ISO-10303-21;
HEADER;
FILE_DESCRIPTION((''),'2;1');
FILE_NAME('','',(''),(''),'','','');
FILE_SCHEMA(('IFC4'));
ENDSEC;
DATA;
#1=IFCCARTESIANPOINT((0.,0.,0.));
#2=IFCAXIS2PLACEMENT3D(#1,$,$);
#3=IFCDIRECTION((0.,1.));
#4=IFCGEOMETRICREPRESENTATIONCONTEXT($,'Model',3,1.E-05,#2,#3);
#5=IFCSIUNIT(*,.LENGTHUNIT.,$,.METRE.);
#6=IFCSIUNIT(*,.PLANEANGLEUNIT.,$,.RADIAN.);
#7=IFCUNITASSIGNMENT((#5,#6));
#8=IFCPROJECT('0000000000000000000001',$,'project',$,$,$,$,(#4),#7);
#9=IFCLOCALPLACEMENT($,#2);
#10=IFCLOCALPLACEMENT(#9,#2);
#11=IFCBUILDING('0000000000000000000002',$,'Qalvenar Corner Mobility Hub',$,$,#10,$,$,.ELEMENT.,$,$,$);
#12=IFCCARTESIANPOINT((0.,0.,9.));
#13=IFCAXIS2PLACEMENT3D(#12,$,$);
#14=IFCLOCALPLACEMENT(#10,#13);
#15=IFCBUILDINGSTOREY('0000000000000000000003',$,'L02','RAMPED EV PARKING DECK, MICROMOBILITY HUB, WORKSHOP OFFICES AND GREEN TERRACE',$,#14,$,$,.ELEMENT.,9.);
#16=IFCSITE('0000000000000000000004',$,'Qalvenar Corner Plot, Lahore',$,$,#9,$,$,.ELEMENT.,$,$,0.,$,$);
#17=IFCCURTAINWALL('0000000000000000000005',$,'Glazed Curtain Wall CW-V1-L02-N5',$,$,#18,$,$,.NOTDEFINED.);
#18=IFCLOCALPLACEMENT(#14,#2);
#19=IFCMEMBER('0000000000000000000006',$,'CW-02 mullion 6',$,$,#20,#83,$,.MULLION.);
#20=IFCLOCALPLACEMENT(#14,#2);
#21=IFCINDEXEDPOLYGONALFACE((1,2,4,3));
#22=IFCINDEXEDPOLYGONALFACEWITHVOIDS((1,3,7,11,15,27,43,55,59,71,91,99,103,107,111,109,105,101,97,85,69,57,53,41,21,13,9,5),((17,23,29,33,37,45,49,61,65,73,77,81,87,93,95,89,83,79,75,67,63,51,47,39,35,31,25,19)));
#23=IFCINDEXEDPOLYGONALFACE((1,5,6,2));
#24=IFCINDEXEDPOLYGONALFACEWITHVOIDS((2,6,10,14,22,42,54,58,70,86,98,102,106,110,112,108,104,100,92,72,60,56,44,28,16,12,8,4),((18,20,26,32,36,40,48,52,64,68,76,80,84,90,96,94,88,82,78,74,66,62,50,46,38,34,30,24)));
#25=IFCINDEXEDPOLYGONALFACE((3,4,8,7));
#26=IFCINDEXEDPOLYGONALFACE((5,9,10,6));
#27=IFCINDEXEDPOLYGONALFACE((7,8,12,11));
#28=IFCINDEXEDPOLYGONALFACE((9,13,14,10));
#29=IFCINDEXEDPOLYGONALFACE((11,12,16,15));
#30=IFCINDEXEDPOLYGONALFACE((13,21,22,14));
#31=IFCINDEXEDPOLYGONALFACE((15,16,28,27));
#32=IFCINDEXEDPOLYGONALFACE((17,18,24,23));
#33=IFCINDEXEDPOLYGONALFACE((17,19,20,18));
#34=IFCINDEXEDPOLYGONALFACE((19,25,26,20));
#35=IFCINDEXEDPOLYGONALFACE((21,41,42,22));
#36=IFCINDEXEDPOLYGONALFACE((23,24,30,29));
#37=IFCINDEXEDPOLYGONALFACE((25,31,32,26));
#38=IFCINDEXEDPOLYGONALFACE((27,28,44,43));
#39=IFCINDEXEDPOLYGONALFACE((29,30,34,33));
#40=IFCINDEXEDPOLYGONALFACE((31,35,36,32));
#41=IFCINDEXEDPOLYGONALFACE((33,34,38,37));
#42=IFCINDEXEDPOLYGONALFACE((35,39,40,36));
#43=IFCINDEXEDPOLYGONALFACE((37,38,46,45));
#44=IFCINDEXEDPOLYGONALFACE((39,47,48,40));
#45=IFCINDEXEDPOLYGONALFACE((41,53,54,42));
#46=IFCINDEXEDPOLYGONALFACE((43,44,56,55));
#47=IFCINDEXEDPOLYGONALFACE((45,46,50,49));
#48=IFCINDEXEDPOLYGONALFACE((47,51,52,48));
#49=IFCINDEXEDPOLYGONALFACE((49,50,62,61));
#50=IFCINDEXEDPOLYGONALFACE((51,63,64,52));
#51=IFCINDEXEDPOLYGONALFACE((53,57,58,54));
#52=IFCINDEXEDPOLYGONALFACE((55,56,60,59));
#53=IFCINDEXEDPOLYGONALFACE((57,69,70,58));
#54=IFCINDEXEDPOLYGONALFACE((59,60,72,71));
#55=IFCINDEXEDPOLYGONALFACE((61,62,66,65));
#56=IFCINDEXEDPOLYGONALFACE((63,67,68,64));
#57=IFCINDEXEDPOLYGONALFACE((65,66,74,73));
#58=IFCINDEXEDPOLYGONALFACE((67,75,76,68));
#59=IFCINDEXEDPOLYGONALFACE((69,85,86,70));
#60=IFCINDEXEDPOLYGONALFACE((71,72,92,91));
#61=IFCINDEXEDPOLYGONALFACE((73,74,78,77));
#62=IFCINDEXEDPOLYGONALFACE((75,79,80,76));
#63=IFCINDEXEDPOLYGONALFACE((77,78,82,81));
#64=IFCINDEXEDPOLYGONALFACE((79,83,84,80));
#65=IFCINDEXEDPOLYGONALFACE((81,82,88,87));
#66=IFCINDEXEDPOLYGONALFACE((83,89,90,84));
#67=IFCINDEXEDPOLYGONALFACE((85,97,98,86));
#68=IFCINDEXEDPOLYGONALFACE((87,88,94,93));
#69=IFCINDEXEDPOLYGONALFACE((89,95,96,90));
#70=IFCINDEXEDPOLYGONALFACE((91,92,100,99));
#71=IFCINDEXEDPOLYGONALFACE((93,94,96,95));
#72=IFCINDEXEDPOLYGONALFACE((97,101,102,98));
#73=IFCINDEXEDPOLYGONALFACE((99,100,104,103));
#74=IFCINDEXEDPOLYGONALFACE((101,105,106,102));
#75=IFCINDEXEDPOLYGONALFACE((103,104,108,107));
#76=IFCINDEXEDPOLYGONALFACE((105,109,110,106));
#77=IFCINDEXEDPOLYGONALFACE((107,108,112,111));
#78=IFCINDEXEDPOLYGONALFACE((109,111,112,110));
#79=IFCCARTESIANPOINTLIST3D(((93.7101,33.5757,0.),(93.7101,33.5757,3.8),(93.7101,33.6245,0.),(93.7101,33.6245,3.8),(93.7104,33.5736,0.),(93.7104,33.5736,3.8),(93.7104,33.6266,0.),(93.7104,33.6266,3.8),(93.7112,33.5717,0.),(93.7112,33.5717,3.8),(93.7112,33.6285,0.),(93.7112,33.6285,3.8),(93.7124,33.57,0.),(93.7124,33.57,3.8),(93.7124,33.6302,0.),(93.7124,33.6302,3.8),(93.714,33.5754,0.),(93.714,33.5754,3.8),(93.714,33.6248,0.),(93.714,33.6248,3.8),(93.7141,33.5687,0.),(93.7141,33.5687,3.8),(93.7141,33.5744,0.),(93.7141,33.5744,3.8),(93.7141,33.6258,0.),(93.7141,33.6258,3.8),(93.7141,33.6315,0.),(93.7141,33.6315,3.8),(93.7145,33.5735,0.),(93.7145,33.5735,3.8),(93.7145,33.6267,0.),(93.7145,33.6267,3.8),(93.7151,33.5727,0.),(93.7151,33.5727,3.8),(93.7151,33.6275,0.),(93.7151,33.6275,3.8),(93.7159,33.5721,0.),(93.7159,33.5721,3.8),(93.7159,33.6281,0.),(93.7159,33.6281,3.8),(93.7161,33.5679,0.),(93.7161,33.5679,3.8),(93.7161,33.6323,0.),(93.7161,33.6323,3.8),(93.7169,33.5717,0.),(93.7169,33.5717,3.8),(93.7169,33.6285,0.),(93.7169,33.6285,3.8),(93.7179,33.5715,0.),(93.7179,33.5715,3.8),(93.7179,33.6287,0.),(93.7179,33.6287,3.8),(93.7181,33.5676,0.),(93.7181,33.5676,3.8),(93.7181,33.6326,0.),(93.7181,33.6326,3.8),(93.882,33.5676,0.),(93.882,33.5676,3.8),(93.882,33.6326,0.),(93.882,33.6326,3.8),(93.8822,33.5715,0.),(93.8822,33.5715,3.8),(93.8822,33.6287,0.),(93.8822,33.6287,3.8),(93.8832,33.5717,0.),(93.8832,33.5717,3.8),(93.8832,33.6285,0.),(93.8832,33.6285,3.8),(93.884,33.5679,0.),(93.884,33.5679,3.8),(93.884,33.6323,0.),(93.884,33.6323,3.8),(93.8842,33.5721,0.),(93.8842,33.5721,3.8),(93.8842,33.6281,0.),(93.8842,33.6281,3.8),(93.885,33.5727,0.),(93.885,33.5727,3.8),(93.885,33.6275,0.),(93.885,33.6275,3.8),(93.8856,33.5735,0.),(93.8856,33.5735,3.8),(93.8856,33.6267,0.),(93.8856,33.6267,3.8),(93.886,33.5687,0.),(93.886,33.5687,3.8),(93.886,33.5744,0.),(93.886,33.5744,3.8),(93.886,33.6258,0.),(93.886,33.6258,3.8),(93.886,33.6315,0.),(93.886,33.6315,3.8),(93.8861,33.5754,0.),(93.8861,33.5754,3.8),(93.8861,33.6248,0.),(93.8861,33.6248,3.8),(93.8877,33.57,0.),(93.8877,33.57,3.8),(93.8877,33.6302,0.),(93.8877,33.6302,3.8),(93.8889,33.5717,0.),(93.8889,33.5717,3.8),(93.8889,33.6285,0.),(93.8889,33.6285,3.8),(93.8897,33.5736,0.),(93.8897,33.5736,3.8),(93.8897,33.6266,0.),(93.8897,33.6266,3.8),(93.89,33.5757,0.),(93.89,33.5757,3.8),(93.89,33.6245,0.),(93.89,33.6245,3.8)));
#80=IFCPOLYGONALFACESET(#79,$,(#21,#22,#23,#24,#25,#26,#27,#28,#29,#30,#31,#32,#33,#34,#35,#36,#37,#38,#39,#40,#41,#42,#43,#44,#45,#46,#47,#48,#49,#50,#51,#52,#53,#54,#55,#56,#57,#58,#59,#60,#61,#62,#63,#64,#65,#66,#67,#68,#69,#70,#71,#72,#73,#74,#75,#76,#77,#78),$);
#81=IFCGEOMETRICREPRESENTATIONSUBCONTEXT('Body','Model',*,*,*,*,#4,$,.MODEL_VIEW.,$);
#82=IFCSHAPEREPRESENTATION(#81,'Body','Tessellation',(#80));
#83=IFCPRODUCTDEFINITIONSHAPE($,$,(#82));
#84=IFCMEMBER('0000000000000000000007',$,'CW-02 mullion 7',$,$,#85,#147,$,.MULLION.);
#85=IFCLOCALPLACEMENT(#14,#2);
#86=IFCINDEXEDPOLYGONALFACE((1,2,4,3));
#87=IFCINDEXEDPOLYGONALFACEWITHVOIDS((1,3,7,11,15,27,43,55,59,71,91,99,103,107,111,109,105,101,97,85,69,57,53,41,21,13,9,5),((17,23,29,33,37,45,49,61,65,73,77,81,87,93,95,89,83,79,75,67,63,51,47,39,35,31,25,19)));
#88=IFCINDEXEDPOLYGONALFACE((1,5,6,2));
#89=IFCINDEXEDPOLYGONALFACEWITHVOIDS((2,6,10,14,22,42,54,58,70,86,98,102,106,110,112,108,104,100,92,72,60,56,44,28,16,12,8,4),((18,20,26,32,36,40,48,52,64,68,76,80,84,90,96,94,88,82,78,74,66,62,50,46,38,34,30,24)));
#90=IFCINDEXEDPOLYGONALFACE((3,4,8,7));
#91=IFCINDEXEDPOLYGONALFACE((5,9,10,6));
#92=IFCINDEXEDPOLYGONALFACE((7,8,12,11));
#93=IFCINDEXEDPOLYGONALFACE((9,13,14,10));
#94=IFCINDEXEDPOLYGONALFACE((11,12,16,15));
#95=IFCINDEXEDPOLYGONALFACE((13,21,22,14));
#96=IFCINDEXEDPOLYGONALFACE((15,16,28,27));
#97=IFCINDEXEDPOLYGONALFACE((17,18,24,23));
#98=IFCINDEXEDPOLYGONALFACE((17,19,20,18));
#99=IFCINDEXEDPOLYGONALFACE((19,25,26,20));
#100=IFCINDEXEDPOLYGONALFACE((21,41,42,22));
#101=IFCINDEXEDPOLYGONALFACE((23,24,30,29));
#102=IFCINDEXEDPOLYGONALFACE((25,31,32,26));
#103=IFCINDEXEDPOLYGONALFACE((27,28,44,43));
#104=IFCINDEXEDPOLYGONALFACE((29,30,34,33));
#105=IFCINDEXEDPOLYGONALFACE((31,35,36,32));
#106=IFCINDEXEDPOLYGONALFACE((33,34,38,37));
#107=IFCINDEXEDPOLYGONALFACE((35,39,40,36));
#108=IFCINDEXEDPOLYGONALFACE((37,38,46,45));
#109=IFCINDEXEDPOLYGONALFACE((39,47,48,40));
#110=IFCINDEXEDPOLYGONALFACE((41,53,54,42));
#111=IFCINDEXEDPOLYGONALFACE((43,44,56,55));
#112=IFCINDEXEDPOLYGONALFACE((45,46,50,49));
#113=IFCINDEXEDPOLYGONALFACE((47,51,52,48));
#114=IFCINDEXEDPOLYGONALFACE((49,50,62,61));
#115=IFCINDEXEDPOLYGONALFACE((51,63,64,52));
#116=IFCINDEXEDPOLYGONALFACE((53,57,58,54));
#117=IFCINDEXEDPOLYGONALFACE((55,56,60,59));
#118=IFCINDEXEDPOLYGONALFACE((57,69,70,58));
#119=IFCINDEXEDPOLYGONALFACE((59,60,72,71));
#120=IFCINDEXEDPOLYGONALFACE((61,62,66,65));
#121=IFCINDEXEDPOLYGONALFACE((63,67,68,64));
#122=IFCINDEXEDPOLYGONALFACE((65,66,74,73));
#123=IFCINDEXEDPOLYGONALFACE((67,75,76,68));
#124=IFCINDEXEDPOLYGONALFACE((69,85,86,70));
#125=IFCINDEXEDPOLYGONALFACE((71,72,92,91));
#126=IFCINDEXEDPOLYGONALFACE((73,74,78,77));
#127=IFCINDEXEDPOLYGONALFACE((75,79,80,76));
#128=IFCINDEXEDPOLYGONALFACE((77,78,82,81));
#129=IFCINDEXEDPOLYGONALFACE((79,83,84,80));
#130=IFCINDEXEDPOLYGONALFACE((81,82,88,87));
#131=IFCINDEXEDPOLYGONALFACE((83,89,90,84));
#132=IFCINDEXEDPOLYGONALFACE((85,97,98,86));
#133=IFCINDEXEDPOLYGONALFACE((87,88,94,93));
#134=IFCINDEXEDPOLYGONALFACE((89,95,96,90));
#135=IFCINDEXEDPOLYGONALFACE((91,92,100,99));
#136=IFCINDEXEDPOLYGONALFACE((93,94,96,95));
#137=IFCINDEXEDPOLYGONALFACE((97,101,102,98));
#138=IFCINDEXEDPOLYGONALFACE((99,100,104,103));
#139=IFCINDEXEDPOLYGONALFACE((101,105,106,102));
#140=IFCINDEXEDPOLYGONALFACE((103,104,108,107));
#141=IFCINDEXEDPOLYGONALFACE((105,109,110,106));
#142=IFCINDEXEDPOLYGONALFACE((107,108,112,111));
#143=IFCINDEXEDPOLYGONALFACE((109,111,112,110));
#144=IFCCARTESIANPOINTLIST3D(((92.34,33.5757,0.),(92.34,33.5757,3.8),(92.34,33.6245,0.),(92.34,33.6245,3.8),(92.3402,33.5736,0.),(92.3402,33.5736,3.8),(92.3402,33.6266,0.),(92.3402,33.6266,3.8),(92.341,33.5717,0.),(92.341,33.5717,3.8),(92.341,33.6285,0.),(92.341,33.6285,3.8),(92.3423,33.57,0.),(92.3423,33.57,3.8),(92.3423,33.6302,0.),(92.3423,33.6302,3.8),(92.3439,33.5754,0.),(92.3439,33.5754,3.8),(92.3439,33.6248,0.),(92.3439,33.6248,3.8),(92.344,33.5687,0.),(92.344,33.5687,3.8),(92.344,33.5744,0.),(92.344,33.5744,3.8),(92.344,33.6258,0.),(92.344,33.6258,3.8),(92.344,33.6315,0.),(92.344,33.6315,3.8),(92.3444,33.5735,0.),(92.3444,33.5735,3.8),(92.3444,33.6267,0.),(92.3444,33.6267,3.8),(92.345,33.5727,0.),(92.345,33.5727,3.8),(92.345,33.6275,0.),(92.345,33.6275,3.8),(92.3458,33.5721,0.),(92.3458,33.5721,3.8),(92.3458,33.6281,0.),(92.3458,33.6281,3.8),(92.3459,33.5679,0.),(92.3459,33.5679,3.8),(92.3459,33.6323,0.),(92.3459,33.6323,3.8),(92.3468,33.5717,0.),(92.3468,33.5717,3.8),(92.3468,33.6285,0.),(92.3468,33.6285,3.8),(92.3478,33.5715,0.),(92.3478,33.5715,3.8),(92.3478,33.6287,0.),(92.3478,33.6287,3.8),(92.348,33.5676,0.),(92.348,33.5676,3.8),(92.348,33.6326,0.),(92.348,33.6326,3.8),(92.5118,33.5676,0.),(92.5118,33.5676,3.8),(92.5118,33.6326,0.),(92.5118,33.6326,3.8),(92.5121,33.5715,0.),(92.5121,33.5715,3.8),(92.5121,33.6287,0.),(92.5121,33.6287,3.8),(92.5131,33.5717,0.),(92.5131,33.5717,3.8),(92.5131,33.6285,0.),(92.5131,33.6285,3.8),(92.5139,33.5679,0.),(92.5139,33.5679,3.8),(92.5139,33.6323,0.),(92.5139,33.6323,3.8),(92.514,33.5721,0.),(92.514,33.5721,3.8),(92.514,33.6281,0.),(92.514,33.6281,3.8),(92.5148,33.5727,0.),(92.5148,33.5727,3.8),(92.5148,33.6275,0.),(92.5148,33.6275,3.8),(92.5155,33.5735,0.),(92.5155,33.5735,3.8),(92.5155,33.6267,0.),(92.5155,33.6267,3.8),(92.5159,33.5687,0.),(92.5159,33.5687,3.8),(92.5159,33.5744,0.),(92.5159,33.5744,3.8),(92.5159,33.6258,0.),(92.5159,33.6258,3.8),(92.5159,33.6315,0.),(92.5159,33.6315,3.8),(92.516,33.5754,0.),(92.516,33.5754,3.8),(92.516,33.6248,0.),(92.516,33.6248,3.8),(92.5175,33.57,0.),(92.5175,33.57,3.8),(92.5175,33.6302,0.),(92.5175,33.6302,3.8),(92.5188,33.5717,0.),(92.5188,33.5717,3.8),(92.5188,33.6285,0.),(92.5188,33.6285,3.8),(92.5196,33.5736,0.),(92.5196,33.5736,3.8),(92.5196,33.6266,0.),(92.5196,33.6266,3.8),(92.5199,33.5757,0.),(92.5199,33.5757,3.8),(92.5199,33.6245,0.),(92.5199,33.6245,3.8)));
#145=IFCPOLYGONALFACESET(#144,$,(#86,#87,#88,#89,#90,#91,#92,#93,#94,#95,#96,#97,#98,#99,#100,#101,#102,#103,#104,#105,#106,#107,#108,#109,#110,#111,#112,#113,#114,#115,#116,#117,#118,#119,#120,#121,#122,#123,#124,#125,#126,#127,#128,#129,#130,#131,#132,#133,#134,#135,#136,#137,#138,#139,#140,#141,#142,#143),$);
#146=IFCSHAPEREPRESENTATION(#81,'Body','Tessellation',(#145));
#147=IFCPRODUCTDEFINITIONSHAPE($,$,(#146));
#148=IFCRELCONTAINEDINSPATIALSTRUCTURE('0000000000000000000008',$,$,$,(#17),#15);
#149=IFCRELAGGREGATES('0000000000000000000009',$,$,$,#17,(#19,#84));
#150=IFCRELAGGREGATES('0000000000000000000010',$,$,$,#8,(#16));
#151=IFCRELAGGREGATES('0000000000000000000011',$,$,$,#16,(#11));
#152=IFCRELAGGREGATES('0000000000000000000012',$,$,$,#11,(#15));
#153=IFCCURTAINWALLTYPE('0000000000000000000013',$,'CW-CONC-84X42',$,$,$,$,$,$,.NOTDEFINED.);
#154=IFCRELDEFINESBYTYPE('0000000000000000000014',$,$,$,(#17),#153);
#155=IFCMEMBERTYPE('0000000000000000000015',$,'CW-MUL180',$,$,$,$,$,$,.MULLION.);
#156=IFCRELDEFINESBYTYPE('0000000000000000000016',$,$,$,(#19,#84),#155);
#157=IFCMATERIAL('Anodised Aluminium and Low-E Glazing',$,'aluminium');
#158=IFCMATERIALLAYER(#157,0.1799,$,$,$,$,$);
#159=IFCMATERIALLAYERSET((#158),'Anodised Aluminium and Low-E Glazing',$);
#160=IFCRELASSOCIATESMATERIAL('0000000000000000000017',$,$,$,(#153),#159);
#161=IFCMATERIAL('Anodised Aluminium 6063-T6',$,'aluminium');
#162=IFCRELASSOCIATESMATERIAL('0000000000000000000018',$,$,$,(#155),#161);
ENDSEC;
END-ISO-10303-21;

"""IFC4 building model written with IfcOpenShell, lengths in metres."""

from ifc_helpers import new_model, si_unit, direction, frame, origin, origin_2d, place, context, subcontext, project, spatial, hollow_rectangle, extrude, material, layer, layer_set, material_profile, profile_set, type_object, element, aggregate, save


model = new_model("IFC4")

# Units and contexts
model_context = context("Model", 3, precision=1e-05, world=origin(), true_north=direction((0.0, 1.0)))
body_context = subcontext(model_context, "Body", "Model", "MODEL_VIEW")
ifc_project = project(units=[si_unit("LENGTHUNIT", "METRE"), si_unit("PLANEANGLEUNIT", "RADIAN")], contexts=[model_context])

# Site, building, storey
site_placement = place(None, origin())
site = spatial("IfcSite", under=ifc_project, at=site_placement, Name="Qalvenar Corner Plot, Lahore", CompositionType="ELEMENT", RefElevation=0.0)
building_placement = place(site_placement, origin())
building = spatial("IfcBuilding", under=site, at=building_placement, Name="Qalvenar Corner Mobility Hub", CompositionType="ELEMENT")
storey_placement = place(building_placement, frame((0.0, 0.0, 9.0)))
storey = spatial("IfcBuildingStorey", under=building, at=storey_placement, Name="L02", Description="RAMPED EV PARKING DECK, MICROMOBILITY HUB, WORKSHOP OFFICES AND GREEN TERRACE", CompositionType="ELEMENT", Elevation=9.0)

# Curtain wall, members
ifc_material_1 = material(Name="Anodised Aluminium and Low-E Glazing", Category="aluminium")
ifc_layer_1 = layer(ifc_material_1, 0.1799)
ifc_layer_set_1 = layer_set([ifc_layer_1], Name="Anodised Aluminium and Low-E Glazing")
curtain_wall_type = type_object("IfcCurtainWallType", Name="CW-CONC-84X42", PredefinedType="NOTDEFINED", material=ifc_layer_set_1)
curtain_wall_placement = place(storey_placement, origin())
curtain_wall = element("IfcCurtainWall", 1, at=curtain_wall_placement, inside=storey, type_object=curtain_wall_type, Name="Glazed Curtain Wall CW-V1-L02-N5", PredefinedType="NOTDEFINED")
ifc_material_2 = material(Name="Anodised Aluminium 6063-T6", Category="aluminium")
ifc_material_profile_1 = material_profile(ifc_material_2, hollow_rectangle(XDim=0.0649, YDim=0.1799, WallThickness=0.0039, InnerFilletRadius=0.0039, OuterFilletRadius=0.0081, at=origin_2d()), Name="RHS180x65x4")
ifc_profile_set_1 = profile_set([ifc_material_profile_1], Name="Anodised Aluminium 6063-T6")
member_type_1 = type_object("IfcMemberType", Name="CW-MUL180", PredefinedType="MULLION", material=ifc_profile_set_1)
member_1_placement = place(storey_placement, frame((93.8, 33.6001, 0.0), z_axis=(0.0, 0.0, 1.0), x_axis=(0.0, -1.0, 0.0)))
member_1 = element("IfcMember", 2, at=member_1_placement, type_object=member_type_1, Name="CW-02 mullion 6", PredefinedType="MULLION", context=body_context, shape_type="SweptSolid", body=[
    extrude(hollow_rectangle(XDim=0.0649, YDim=0.1799, WallThickness=0.0039, InnerFilletRadius=0.0039, OuterFilletRadius=0.0081, at=origin_2d()), origin(), (0.0, 0.0, 1.0), 3.8),
])
member_2_placement = place(storey_placement, frame((92.4299, 33.6001, 0.0), z_axis=(0.0, 0.0, 1.0), x_axis=(0.0, -1.0, 0.0)))
member_2 = element("IfcMember", 3, at=member_2_placement, type_object=member_type_1, Name="CW-02 mullion 7", PredefinedType="MULLION", context=body_context, shape_type="SweptSolid", body=[
    extrude(hollow_rectangle(XDim=0.0649, YDim=0.1799, WallThickness=0.0039, InnerFilletRadius=0.0039, OuterFilletRadius=0.0081, at=origin_2d()), origin(), (0.0, 0.0, 1.0), 3.8),
])
aggregate(curtain_wall, [member_1, member_2])

save(model, "model.ifc")
